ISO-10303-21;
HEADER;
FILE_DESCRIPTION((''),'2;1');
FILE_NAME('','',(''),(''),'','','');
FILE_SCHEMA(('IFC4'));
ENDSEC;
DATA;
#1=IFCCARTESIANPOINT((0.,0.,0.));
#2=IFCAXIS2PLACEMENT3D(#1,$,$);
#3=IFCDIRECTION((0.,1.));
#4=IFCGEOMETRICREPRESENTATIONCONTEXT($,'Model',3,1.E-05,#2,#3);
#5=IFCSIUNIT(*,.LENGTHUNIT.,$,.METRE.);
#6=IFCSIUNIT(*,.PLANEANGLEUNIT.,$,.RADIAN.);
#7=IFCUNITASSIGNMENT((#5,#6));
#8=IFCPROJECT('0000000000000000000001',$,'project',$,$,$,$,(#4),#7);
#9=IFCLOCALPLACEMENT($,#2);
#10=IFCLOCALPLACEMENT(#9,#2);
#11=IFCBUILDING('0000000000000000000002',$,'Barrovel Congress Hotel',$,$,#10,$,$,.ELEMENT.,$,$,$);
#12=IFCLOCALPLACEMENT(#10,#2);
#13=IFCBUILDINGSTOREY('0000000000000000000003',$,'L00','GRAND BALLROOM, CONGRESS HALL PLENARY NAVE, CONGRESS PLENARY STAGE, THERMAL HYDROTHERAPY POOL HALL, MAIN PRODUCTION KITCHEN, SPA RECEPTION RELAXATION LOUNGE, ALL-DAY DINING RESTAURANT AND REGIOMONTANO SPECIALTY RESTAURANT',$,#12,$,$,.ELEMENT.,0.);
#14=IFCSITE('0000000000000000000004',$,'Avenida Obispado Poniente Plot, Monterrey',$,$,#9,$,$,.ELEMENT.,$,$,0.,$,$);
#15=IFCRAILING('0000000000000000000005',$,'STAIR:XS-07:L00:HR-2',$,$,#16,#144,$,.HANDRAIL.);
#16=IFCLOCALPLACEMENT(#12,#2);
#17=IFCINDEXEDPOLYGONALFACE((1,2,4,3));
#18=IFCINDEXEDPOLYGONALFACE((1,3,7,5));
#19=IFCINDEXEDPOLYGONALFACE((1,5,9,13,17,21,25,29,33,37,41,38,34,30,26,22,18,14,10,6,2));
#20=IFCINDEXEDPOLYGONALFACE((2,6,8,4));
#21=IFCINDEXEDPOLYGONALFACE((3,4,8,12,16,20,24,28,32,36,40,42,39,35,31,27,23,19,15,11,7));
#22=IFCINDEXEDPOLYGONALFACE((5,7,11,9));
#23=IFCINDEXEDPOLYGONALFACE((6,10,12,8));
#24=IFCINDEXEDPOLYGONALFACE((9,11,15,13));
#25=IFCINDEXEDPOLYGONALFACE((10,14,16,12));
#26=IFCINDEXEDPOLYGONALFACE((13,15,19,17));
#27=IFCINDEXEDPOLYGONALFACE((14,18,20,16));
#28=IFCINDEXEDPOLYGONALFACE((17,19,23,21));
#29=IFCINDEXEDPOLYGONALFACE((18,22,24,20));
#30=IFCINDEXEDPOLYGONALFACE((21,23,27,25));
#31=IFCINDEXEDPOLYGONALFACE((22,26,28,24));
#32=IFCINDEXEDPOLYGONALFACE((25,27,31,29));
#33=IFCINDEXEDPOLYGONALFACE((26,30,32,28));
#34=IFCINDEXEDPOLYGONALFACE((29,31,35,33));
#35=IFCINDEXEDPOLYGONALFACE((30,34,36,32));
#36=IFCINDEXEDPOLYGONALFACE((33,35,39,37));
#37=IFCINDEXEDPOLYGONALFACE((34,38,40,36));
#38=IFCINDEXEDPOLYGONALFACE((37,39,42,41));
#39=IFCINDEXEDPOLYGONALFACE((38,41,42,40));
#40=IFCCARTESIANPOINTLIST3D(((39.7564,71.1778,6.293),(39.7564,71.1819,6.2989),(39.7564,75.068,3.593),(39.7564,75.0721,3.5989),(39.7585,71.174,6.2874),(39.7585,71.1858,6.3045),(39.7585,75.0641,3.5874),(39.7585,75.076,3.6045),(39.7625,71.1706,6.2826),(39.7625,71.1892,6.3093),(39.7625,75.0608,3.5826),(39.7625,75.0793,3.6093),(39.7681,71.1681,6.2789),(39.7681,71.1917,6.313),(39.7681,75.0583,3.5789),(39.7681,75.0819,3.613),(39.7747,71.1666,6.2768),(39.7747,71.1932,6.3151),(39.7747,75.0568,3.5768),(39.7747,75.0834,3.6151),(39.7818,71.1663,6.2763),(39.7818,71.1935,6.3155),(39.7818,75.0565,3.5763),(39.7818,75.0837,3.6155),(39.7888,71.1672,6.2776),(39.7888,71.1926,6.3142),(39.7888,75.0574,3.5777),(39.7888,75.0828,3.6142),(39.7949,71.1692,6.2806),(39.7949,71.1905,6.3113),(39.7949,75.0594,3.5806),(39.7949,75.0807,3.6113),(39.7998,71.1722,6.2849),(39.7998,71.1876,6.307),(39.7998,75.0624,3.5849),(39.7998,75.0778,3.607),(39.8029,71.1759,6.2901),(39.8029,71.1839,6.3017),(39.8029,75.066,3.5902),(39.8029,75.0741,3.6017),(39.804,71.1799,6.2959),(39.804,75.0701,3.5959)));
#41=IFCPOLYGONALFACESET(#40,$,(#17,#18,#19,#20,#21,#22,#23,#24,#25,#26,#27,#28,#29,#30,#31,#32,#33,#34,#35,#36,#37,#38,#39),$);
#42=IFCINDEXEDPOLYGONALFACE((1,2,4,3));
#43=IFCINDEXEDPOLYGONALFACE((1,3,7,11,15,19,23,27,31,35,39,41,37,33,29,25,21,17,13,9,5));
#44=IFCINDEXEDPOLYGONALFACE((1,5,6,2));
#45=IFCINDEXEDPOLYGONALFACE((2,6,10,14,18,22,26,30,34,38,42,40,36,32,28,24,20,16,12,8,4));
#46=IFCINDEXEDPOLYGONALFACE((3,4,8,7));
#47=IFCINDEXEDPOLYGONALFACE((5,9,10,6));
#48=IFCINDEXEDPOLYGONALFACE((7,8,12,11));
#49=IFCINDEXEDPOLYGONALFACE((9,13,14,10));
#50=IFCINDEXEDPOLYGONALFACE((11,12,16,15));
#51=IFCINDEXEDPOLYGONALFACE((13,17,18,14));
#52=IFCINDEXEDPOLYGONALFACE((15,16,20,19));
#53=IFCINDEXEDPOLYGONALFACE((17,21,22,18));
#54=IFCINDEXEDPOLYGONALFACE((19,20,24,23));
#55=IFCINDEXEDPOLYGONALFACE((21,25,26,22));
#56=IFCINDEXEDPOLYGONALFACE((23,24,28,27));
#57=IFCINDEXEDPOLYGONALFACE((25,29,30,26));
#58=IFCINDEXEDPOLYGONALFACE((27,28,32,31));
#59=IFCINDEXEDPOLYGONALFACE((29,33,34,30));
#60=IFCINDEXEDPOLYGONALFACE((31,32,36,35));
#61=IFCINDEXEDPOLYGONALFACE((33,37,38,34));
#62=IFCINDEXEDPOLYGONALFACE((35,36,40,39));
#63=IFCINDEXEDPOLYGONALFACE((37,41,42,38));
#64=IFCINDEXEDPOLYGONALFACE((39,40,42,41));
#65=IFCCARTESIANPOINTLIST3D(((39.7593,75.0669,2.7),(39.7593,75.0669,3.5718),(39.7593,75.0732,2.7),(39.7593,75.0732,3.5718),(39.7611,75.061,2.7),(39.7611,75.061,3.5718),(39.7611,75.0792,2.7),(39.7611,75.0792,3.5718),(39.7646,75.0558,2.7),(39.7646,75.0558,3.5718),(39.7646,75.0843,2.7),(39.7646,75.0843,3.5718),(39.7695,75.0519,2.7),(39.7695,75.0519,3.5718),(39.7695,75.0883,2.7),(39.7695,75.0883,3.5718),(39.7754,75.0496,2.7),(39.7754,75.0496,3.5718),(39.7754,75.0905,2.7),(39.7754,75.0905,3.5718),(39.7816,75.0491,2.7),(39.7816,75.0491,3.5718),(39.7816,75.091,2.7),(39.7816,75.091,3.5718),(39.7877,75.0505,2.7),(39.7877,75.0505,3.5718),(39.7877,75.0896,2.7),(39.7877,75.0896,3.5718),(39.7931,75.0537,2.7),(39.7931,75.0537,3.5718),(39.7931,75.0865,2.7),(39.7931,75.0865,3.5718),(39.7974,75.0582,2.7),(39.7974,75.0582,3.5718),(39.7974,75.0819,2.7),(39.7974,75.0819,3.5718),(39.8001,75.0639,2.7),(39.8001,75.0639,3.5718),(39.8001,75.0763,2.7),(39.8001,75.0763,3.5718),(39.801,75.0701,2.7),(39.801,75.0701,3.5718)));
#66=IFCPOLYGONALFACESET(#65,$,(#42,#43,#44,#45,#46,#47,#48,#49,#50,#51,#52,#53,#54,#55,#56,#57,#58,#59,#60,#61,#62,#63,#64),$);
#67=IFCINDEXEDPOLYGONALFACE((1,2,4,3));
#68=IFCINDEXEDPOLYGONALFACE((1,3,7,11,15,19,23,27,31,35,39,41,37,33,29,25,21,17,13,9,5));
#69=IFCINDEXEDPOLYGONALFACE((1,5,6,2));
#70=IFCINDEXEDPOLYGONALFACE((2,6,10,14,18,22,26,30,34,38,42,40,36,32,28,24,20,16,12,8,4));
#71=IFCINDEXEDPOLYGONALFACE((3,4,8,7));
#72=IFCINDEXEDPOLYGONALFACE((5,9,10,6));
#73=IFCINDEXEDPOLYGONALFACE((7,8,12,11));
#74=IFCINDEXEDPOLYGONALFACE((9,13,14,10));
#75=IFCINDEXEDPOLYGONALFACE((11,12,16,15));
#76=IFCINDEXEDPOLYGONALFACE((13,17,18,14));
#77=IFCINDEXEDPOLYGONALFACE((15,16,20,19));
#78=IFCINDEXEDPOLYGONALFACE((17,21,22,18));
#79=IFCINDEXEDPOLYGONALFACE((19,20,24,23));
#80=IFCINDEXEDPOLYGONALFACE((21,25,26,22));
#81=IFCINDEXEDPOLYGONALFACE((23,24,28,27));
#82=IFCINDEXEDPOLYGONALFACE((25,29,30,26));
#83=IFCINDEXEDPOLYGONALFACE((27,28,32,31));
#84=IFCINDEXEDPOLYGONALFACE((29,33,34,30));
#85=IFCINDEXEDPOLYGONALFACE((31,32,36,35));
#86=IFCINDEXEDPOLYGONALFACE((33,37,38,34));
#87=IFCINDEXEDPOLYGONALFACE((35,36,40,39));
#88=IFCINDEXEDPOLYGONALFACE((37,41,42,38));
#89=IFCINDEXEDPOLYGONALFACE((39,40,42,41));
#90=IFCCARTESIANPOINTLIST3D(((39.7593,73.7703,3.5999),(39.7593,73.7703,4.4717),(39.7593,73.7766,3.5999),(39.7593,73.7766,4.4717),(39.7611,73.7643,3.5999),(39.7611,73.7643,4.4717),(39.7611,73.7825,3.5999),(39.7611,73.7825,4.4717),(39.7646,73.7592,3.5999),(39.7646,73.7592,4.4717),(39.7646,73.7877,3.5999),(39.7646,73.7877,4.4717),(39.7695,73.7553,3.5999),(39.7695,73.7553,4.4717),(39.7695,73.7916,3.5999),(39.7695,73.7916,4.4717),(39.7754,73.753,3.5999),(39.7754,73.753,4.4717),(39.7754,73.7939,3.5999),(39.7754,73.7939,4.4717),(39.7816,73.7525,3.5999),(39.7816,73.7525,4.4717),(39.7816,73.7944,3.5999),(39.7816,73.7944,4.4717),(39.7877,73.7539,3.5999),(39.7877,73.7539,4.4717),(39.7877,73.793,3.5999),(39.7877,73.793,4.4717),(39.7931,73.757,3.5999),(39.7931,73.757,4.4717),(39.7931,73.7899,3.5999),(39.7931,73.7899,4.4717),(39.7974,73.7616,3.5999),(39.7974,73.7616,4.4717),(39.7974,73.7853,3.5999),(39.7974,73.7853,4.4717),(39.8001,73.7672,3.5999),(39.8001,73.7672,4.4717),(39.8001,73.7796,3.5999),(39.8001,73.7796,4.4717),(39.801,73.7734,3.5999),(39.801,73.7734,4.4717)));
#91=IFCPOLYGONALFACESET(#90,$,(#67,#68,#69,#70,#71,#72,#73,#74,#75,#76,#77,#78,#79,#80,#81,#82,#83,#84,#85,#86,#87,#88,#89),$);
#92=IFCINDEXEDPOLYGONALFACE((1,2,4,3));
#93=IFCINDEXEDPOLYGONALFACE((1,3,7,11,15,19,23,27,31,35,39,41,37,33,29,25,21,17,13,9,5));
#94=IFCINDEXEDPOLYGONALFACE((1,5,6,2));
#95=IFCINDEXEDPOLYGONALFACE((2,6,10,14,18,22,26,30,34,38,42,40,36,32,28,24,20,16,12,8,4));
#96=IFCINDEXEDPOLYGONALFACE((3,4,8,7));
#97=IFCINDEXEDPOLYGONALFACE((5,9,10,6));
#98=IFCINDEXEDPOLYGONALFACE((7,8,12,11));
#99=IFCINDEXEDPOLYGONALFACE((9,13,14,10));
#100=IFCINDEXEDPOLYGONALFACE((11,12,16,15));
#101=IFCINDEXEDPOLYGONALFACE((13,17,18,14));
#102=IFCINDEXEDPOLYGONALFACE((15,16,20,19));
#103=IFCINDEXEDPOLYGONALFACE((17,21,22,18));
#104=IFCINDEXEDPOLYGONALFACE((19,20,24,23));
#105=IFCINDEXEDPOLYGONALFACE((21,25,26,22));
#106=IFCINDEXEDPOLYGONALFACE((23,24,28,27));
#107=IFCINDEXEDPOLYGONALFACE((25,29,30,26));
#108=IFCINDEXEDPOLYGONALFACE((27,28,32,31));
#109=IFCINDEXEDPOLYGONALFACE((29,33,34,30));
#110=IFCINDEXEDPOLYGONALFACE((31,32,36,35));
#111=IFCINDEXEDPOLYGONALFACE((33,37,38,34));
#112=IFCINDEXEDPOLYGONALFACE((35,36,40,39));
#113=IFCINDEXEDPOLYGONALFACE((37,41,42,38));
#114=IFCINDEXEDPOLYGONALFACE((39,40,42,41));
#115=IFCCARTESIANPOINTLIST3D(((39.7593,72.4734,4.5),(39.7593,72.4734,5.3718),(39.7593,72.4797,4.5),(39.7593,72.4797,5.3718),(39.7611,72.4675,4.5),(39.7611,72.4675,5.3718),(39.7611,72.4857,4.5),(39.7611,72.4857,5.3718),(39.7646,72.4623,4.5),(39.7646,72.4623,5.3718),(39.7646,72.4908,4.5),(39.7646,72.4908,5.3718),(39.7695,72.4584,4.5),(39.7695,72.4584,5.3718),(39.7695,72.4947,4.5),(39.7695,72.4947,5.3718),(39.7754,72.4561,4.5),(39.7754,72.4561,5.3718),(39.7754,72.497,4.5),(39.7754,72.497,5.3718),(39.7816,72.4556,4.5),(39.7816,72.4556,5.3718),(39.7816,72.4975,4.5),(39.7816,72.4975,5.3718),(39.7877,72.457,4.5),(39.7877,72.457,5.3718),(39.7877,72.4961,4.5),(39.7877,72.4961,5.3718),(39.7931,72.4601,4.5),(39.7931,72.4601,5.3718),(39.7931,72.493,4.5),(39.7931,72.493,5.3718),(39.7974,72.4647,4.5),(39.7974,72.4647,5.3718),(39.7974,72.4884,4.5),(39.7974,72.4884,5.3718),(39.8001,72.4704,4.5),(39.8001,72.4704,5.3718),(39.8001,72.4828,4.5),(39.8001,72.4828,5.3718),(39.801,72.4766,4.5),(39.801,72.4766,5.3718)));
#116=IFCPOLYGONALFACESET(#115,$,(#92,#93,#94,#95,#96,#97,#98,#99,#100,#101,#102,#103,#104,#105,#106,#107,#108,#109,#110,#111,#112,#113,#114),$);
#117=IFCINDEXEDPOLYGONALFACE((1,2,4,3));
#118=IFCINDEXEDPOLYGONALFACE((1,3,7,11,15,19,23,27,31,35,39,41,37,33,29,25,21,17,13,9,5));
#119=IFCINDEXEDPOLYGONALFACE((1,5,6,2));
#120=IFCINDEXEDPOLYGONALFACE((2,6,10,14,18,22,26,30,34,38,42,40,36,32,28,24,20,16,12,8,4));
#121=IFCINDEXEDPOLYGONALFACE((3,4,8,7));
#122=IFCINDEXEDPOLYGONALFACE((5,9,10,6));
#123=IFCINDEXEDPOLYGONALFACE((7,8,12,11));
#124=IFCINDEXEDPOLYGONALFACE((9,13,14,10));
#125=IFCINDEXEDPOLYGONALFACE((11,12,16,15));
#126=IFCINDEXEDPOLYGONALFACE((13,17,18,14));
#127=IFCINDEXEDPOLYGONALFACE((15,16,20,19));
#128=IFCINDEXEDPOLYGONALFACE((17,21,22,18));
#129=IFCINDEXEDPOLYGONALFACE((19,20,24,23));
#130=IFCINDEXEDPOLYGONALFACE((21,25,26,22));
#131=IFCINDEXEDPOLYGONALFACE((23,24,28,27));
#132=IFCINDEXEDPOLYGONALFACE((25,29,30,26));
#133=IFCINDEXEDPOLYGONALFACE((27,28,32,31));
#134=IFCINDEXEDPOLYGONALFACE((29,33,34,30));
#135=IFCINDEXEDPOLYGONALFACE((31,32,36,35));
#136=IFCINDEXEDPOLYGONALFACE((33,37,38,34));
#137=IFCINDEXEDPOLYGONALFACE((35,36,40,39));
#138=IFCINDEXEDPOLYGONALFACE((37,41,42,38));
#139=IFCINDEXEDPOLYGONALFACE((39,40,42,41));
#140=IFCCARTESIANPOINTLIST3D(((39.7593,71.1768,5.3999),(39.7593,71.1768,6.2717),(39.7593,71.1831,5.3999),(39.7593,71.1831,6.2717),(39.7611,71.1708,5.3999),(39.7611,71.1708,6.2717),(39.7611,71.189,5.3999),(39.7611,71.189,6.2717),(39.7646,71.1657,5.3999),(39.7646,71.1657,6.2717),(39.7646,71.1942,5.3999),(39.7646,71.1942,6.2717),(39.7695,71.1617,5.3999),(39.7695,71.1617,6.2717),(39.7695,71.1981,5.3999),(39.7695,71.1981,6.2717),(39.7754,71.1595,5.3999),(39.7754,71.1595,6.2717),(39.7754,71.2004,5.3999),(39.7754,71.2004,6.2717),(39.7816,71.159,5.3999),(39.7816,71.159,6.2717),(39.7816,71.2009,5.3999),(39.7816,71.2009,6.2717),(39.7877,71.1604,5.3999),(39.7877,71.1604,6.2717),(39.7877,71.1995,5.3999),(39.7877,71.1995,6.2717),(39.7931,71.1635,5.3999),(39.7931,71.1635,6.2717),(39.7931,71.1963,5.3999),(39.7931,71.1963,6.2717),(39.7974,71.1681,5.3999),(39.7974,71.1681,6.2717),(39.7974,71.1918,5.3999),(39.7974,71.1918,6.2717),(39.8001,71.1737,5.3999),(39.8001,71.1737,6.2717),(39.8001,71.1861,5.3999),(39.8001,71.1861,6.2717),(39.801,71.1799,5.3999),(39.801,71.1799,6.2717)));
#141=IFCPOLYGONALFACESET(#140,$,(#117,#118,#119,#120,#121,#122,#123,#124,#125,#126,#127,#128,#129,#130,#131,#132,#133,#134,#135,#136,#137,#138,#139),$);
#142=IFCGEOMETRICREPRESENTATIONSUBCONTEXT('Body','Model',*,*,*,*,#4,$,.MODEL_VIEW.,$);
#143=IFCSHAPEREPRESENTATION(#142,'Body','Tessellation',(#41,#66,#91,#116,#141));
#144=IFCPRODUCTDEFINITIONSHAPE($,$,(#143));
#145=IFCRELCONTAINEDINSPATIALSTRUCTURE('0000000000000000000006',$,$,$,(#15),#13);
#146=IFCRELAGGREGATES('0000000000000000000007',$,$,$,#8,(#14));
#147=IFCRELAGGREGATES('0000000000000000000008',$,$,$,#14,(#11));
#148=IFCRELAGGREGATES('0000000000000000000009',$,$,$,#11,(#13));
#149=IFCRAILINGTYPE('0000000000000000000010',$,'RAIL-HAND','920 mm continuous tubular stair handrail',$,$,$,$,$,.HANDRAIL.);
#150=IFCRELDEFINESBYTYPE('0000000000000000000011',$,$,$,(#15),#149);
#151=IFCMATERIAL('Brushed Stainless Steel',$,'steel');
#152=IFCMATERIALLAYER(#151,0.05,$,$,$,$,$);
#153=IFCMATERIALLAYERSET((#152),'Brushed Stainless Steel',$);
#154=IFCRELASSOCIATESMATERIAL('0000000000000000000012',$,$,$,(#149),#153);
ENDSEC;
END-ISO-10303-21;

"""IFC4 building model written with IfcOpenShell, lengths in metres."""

from ifc_helpers import new_model, si_unit, direction, frame, origin, origin_2d, place, context, subcontext, project, spatial, circle, extrude, material, layer, layer_set, type_object, element, save


model = new_model("IFC4")

# Units and contexts
model_context = context("Model", 3, precision=1e-05, world=origin(), true_north=direction((0.0, 1.0)))
body_context = subcontext(model_context, "Body", "Model", "MODEL_VIEW")
ifc_project = project(units=[si_unit("LENGTHUNIT", "METRE"), si_unit("PLANEANGLEUNIT", "RADIAN")], contexts=[model_context])

# Site, building, storey
site_placement = place(None, origin())
site = spatial("IfcSite", under=ifc_project, at=site_placement, Name="Avenida Obispado Poniente Plot, Monterrey", CompositionType="ELEMENT", RefElevation=0.0)
building_placement = place(site_placement, origin())
building = spatial("IfcBuilding", under=site, at=building_placement, Name="Barrovel Congress Hotel", CompositionType="ELEMENT")
storey_placement = place(building_placement, origin())
storey = spatial("IfcBuildingStorey", under=building, at=storey_placement, Name="L00", Description="GRAND BALLROOM, CONGRESS HALL PLENARY NAVE, CONGRESS PLENARY STAGE, THERMAL HYDROTHERAPY POOL HALL, MAIN PRODUCTION KITCHEN, SPA RECEPTION RELAXATION LOUNGE, ALL-DAY DINING RESTAURANT AND REGIOMONTANO SPECIALTY RESTAURANT", CompositionType="ELEMENT", Elevation=0.0)

# Railing
ifc_material_1 = material(Name="Brushed Stainless Steel", Category="steel")
ifc_layer_1 = layer(ifc_material_1, 0.05)
ifc_layer_set_1 = layer_set([ifc_layer_1], Name="Brushed Stainless Steel")
railing_type_1 = type_object("IfcRailingType", Name="RAIL-HAND", Description="920 mm continuous tubular stair handrail", PredefinedType="HANDRAIL", material=ifc_layer_set_1)
railing_1_placement = place(storey_placement, frame((39.78, 75.0701, 2.7)))
element("IfcRailing", 1, at=railing_1_placement, inside=storey, type_object=railing_type_1, Name="STAIR:XS-07:L00:HR-2", PredefinedType="HANDRAIL", context=body_context, shape_type="SweptSolid", body=[
    extrude(circle(Radius=0.0239, at=origin_2d()), frame((0.0, 0.0, 0.896), z_axis=(0.0, -0.821522, 0.570177), x_axis=(1.0, 0.0, 0.0)), (0.0, 0.0, 1.0), 4.7354),
    extrude(circle(Radius=0.021, at=origin_2d()), origin(), (0.0, 0.0, 1.0), 0.8718),
    extrude(circle(Radius=0.021, at=origin_2d()), frame((0.0, -1.2966, 0.8999)), (0.0, 0.0, 1.0), 0.8718),
    extrude(circle(Radius=0.021, at=origin_2d()), frame((0.0, -2.5935, 1.8)), (0.0, 0.0, 1.0), 0.8718),
    extrude(circle(Radius=0.021, at=origin_2d()), frame((0.0, -3.8901, 2.7)), (0.0, 0.0, 1.0), 0.8718),
])

save(model, "model.ifc")
